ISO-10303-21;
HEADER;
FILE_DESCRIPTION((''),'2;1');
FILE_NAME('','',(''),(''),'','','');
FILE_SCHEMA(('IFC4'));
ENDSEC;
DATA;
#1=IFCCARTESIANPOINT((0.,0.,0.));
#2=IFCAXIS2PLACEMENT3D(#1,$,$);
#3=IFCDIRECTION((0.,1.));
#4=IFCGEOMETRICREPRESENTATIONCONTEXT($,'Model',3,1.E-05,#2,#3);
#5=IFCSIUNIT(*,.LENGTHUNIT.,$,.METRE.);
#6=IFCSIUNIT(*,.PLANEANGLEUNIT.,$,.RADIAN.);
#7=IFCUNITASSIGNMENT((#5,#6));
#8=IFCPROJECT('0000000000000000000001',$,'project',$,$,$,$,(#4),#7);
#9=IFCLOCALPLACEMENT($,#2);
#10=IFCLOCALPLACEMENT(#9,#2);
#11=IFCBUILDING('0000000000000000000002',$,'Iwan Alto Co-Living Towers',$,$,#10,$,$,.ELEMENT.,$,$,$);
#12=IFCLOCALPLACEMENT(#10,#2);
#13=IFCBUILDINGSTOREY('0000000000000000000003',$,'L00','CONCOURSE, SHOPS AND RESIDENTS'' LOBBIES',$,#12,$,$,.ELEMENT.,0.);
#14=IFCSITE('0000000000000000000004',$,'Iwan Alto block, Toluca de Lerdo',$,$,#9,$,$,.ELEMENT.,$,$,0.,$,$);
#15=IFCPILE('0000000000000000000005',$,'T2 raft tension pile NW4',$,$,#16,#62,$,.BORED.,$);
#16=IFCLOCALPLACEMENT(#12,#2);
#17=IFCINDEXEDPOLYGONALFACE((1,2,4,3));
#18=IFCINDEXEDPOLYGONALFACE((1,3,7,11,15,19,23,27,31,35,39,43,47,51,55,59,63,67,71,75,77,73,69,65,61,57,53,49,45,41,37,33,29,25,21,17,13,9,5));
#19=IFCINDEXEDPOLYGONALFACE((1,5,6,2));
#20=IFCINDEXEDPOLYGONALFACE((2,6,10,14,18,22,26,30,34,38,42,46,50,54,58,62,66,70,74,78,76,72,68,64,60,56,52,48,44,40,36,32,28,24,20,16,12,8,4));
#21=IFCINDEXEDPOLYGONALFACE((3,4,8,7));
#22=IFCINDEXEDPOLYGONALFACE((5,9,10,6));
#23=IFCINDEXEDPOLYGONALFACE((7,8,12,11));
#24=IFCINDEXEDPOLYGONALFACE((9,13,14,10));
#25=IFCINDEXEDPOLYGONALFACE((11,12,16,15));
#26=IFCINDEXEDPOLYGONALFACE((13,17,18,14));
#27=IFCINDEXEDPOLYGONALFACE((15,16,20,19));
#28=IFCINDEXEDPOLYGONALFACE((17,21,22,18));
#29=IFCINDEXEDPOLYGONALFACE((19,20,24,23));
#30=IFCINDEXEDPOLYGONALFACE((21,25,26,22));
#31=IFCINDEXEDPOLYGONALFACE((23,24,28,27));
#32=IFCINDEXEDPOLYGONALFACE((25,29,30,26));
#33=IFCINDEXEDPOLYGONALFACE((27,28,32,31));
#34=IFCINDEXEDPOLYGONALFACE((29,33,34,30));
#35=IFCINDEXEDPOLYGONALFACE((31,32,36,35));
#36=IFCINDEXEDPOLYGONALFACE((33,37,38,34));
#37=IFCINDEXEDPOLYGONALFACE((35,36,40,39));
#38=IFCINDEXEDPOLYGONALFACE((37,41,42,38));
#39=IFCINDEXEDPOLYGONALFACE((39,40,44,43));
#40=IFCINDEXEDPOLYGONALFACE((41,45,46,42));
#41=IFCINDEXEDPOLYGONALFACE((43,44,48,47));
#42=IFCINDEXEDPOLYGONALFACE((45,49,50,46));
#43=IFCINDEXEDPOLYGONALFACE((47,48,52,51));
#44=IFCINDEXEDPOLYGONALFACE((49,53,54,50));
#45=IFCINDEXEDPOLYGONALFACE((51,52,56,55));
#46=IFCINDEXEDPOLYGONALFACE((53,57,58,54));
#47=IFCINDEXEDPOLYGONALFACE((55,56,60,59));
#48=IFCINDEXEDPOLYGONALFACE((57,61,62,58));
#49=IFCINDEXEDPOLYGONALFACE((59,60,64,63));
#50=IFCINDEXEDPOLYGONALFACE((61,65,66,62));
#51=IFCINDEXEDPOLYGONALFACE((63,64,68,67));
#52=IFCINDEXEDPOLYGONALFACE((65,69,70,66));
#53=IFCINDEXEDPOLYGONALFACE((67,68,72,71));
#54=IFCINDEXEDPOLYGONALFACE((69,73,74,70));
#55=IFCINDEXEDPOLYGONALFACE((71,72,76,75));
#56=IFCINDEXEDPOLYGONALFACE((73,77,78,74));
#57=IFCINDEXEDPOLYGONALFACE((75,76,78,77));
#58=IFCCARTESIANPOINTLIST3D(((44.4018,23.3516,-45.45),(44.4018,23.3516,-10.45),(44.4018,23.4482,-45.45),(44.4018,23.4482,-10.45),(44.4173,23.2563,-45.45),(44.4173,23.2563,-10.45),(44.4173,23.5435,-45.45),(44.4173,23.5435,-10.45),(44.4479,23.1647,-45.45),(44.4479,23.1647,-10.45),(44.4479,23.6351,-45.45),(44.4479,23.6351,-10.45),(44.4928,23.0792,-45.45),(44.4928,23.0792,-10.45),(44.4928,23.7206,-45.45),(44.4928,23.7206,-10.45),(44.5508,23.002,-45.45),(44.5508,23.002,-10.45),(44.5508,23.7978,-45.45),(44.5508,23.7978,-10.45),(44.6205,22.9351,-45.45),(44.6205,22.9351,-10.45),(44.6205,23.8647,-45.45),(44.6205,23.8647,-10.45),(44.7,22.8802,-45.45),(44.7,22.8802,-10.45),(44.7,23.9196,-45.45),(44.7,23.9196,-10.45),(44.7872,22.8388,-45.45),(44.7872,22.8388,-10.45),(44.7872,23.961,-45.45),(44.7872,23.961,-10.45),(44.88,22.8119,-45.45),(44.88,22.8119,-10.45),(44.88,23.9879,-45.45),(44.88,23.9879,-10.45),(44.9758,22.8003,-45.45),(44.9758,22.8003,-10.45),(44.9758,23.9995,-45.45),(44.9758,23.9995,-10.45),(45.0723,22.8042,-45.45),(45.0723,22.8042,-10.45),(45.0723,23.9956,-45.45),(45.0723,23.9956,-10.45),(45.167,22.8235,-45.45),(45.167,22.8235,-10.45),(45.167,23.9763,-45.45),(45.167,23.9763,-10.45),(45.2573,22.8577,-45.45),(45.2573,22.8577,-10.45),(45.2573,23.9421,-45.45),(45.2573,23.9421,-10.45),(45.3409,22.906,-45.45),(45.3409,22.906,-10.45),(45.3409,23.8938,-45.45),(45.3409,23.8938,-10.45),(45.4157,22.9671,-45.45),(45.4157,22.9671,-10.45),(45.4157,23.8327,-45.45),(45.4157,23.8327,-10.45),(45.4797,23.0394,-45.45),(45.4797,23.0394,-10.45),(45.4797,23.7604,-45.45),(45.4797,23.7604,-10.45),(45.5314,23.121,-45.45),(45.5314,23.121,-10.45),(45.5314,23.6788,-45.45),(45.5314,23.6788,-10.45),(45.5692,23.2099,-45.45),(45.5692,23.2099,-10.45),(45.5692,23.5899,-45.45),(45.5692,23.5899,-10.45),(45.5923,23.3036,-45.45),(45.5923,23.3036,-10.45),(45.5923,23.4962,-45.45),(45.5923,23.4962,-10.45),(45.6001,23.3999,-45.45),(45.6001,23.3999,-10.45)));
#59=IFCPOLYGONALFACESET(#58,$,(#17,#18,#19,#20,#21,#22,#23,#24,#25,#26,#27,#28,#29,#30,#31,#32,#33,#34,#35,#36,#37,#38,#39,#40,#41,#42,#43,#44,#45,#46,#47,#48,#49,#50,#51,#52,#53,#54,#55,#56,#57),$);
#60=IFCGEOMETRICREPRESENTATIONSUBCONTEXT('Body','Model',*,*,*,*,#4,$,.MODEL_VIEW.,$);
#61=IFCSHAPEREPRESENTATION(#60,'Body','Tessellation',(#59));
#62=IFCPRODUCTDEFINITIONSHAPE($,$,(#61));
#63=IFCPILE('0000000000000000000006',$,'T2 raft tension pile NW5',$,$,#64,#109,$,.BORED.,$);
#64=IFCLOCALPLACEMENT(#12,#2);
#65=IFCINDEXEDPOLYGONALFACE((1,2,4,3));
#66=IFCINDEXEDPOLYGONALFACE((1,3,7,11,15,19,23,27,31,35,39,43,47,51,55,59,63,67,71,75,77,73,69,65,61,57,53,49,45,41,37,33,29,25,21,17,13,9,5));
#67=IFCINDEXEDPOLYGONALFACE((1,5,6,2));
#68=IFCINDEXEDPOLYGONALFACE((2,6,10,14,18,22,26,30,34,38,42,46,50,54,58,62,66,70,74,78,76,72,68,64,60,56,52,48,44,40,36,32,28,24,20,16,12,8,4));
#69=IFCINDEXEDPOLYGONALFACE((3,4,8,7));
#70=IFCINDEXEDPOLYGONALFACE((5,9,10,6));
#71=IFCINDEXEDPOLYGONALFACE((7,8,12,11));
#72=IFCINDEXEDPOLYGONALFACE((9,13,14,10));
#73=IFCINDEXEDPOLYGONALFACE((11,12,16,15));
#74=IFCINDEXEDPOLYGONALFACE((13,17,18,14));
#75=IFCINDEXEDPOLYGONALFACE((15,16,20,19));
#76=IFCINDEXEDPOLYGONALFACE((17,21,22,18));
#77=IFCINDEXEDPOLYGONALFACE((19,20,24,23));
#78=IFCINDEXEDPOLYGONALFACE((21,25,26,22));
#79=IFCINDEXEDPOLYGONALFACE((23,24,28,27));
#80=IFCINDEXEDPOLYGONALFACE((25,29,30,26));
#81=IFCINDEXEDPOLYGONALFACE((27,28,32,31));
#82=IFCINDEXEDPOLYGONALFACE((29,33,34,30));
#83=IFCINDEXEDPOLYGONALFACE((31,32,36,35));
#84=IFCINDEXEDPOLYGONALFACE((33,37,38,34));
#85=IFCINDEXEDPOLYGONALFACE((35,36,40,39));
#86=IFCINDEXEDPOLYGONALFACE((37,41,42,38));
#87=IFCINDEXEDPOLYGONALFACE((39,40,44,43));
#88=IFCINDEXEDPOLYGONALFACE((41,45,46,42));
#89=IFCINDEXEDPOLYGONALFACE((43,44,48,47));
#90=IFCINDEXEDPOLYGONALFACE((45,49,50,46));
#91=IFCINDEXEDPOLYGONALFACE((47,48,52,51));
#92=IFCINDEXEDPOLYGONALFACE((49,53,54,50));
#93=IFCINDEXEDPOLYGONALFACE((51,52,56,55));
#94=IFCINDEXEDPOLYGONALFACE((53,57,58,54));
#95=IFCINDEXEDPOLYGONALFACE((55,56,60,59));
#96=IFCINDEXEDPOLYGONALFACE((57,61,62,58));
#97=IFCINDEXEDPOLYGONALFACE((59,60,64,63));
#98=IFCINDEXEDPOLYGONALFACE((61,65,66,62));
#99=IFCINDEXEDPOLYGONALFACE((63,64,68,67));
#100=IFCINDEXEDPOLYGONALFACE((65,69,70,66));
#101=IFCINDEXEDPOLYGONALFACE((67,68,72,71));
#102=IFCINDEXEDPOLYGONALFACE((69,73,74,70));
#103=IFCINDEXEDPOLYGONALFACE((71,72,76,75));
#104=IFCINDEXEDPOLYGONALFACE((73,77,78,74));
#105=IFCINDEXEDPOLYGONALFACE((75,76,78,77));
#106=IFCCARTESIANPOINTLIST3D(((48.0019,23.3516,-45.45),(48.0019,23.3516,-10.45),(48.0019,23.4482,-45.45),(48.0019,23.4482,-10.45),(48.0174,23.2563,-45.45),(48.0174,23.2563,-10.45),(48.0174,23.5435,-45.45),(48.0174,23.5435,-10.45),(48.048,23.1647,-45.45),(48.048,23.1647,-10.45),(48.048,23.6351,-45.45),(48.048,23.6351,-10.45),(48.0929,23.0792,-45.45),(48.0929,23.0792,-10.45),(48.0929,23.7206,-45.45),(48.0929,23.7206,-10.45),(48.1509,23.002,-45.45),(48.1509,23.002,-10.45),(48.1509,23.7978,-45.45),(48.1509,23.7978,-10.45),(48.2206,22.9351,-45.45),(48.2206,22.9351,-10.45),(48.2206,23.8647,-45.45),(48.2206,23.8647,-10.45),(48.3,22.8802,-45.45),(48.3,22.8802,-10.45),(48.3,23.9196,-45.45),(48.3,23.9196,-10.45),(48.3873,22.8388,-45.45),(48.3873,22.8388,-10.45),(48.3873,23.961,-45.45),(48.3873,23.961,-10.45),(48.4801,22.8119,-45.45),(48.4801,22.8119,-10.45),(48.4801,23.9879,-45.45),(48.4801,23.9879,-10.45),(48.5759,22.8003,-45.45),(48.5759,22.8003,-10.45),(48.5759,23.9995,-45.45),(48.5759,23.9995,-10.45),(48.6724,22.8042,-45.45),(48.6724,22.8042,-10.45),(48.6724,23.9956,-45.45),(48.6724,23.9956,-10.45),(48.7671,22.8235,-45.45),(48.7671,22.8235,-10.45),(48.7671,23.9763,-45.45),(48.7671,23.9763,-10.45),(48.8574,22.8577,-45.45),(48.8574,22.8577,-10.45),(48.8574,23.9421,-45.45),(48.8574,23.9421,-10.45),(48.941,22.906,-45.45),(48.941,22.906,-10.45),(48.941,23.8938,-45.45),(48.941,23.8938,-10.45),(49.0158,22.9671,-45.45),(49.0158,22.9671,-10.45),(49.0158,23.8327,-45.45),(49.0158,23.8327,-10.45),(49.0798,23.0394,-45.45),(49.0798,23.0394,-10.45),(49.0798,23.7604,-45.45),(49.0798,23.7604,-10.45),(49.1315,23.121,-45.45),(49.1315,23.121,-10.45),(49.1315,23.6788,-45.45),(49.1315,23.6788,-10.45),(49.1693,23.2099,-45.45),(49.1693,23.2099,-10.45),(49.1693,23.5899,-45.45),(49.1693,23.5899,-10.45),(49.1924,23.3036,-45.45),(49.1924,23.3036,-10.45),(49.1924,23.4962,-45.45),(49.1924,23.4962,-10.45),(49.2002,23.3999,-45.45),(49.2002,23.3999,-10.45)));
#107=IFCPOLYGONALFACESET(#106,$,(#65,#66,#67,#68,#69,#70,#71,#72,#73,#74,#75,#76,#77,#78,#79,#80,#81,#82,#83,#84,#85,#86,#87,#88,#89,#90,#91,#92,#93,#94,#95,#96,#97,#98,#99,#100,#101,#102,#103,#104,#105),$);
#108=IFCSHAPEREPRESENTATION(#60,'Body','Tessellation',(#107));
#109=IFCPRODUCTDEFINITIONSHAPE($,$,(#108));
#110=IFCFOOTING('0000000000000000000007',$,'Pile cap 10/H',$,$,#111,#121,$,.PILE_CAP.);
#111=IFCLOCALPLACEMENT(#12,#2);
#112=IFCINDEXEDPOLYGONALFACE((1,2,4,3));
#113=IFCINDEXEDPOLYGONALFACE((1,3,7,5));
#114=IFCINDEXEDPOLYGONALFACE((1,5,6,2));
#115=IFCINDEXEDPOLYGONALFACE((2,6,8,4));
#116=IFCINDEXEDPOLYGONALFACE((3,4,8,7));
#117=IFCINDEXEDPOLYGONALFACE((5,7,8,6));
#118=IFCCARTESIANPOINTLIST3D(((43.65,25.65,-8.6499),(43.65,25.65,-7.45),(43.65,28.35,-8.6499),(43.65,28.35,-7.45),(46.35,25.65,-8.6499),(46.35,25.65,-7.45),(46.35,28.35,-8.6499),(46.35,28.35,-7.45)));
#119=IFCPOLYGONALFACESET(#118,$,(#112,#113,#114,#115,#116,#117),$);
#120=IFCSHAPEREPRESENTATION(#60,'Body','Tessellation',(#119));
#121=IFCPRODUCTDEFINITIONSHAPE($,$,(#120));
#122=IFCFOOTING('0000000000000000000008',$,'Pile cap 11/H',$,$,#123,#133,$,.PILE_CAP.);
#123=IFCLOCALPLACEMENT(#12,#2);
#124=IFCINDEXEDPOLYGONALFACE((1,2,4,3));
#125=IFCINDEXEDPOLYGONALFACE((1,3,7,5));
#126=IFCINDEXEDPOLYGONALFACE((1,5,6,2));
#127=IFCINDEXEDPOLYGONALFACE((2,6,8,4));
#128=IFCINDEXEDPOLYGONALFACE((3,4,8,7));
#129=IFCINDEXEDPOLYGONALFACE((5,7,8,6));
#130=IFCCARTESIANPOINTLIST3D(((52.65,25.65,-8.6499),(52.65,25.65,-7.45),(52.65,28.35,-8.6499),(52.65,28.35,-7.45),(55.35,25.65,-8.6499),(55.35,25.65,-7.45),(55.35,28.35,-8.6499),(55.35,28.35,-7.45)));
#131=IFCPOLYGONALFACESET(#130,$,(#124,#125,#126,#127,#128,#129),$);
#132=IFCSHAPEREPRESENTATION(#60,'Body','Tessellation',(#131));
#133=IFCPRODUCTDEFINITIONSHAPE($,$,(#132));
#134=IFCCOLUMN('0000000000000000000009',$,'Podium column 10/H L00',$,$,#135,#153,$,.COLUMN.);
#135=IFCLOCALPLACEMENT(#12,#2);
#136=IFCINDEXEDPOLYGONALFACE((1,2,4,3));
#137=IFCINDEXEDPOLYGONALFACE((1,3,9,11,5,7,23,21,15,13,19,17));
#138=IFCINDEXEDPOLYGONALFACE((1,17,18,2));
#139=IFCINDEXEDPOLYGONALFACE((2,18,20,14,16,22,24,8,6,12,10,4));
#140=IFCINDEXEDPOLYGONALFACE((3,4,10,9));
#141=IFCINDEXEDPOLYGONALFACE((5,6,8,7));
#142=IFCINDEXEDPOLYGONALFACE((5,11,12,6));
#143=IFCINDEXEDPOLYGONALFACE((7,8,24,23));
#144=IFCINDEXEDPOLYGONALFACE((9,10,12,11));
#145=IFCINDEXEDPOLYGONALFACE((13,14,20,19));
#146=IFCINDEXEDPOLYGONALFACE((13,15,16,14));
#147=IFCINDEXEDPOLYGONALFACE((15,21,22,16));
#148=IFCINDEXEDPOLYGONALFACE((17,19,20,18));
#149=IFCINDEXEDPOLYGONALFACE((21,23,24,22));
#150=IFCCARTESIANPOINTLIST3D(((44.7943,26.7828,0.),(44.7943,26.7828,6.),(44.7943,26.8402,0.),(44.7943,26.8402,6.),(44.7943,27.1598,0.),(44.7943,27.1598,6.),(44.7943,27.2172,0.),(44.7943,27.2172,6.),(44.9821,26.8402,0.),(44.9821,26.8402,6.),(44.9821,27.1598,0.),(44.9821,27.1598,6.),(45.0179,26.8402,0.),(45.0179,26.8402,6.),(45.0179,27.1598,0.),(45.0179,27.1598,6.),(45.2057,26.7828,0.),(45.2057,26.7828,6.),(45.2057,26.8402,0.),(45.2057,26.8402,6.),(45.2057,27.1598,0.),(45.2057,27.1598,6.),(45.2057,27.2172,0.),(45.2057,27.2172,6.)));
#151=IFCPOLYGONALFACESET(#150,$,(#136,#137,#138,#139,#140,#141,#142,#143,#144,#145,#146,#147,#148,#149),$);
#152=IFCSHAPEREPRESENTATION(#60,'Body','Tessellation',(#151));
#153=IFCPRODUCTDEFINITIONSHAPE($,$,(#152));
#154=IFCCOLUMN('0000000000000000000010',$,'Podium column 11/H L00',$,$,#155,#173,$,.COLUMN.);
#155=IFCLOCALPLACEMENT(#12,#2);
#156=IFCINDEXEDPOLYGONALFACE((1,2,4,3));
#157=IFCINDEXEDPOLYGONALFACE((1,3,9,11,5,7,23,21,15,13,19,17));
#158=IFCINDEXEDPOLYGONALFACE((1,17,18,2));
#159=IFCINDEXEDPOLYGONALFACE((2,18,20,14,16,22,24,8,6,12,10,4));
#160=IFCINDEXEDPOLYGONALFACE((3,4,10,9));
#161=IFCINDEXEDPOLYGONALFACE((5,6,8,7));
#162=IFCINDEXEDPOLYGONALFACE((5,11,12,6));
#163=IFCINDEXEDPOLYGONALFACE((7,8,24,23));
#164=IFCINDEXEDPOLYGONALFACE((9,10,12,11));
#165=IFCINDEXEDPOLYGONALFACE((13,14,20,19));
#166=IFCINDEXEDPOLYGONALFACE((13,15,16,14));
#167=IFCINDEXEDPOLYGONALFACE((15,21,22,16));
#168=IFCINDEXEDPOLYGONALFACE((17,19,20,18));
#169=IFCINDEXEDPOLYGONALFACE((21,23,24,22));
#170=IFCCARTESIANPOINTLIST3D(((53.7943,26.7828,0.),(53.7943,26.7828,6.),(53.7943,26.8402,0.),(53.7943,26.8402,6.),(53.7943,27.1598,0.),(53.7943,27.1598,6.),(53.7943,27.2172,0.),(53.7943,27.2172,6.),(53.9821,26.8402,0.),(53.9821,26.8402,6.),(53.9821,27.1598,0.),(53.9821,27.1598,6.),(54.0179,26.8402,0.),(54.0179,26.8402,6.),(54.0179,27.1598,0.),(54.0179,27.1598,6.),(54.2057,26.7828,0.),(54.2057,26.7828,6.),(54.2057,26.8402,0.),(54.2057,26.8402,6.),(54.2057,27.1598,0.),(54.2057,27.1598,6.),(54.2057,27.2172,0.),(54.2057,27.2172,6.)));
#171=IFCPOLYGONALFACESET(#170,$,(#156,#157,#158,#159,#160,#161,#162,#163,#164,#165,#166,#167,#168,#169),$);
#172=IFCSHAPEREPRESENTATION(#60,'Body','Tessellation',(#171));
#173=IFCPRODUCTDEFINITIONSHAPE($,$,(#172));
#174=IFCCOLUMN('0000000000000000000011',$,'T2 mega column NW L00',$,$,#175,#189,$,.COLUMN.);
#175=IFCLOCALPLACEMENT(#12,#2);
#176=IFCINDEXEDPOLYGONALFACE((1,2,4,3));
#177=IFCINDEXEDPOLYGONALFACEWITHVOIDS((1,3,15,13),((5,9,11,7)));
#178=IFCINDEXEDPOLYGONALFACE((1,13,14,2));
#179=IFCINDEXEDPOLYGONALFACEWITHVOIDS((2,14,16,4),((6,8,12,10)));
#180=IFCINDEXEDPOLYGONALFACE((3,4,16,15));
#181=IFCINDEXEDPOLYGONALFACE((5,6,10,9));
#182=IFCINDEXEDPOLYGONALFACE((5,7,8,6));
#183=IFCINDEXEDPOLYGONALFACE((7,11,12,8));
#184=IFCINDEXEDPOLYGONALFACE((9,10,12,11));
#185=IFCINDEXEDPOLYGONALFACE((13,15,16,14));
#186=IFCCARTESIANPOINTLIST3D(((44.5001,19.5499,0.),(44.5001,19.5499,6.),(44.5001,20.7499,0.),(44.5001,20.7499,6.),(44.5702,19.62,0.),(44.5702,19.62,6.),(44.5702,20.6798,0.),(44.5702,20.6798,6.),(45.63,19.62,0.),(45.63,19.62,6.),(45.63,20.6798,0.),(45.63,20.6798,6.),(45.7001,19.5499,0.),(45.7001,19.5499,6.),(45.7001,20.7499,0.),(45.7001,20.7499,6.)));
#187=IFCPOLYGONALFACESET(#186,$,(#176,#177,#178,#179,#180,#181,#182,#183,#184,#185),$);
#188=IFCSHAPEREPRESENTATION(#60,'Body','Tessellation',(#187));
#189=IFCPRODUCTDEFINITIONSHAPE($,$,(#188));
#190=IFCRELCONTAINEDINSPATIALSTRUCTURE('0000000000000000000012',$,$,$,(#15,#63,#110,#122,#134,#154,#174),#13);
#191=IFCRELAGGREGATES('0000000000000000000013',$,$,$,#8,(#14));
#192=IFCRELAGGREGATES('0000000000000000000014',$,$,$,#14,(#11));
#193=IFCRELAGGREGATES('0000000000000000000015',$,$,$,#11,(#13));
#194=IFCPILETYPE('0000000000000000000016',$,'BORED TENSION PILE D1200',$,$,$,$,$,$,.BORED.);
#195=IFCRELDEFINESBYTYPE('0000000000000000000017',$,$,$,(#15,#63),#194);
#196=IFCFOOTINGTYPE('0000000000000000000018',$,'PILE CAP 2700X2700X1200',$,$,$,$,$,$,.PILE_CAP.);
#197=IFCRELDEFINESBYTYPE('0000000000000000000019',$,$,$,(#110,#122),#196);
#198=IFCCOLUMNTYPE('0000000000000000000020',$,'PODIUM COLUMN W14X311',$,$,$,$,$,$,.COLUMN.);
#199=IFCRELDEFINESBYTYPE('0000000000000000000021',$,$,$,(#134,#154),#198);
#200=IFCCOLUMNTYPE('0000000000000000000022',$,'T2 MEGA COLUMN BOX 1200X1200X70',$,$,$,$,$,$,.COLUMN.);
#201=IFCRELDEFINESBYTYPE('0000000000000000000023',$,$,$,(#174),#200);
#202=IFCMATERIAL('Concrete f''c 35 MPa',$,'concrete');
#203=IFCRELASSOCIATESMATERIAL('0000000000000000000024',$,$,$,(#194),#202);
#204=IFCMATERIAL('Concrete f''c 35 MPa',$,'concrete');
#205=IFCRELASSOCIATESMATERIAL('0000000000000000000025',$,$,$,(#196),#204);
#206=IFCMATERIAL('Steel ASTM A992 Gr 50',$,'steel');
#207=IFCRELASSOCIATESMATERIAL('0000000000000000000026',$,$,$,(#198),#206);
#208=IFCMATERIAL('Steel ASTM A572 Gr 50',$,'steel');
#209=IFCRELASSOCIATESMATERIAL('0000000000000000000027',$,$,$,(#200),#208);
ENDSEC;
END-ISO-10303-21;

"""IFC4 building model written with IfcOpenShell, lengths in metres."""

from ifc_helpers import new_model, si_unit, direction, frame, origin, origin_2d, place, context, subcontext, project, spatial, rectangle, hollow_rectangle, circle, i_section, extrude, material, material_profile, profile_set, type_object, element, save


model = new_model("IFC4")

# Units and contexts
model_context = context("Model", 3, precision=1e-05, world=origin(), true_north=direction((0.0, 1.0)))
body_context = subcontext(model_context, "Body", "Model", "MODEL_VIEW")
ifc_project = project(units=[si_unit("LENGTHUNIT", "METRE"), si_unit("PLANEANGLEUNIT", "RADIAN")], contexts=[model_context])

# Site, building, storey
site_placement = place(None, origin())
site = spatial("IfcSite", under=ifc_project, at=site_placement, Name="Iwan Alto block, Toluca de Lerdo", CompositionType="ELEMENT", RefElevation=0.0)
building_placement = place(site_placement, origin())
building = spatial("IfcBuilding", under=site, at=building_placement, Name="Iwan Alto Co-Living Towers", CompositionType="ELEMENT")
storey_placement = place(building_placement, origin())
storey = spatial("IfcBuildingStorey", under=building, at=storey_placement, Name="L00", Description="CONCOURSE, SHOPS AND RESIDENTS' LOBBIES", CompositionType="ELEMENT", Elevation=0.0)

# Piles
ifc_material_1 = material(Name="Concrete f'c 35 MPa", Category="concrete")
ifc_material_profile_1 = material_profile(ifc_material_1, circle(Radius=0.6001, at=origin_2d()), Name="D1200")
ifc_profile_set_1 = profile_set([ifc_material_profile_1], Name="Concrete f'c 35 MPa")
pile_type_1 = type_object("IfcPileType", Name="BORED TENSION PILE D1200", PredefinedType="BORED", material=ifc_profile_set_1)
for number, where, z_axis, x_axis, name in (
    (1, (45.0, 23.3999, -10.45), (0.0, 0.0, -1.0), (1.0, 0.0, 0.0), "T2 raft tension pile NW4"),
    (2, (48.6001, 23.3999, -10.45), (0.0, 0.0, -1.0), (1.0, 0.0, 0.0), "T2 raft tension pile NW5"),
):
    element("IfcPile", number, at=place(storey_placement, frame(where, z_axis=z_axis, x_axis=x_axis)), inside=storey, type_object=pile_type_1, Name=name, PredefinedType="BORED", context=body_context, shape_type="SweptSolid", body=[
        extrude(circle(Radius=0.6001, at=origin_2d()), origin(), (0.0, 0.0, 1.0), 35.0),
    ])

# Footings
ifc_material_2 = material(Name="Concrete f'c 35 MPa", Category="concrete")
footing_type = type_object("IfcFootingType", Name="PILE CAP 2700X2700X1200", PredefinedType="PILE_CAP", material=ifc_material_2)
for number, where, z_axis, x_axis, name in (
    (3, (45.0, 27.0, -8.6499), (0.0, 0.0, 1.0), (1.0, 0.0, 0.0), "Pile cap 10/H"),
    (4, (54.0, 27.0, -8.6499), (0.0, 0.0, 1.0), (1.0, 0.0, 0.0), "Pile cap 11/H"),
):
    element("IfcFooting", number, at=place(storey_placement, frame(where, z_axis=z_axis, x_axis=x_axis)), inside=storey, type_object=footing_type, Name=name, PredefinedType="PILE_CAP", context=body_context, shape_type="SweptSolid", body=[
        extrude(rectangle(XDim=2.7, YDim=2.7, at=origin_2d()), origin(), (0.0, 0.0, 1.0), 1.2),
    ])

# Columns
ifc_material_3 = material(Name="Steel ASTM A992 Gr 50", Category="steel")
ifc_material_profile_2 = material_profile(ifc_material_3, i_section(OverallWidth=0.4114, OverallDepth=0.4343, WebThickness=0.0359, FlangeThickness=0.0574, at=origin_2d()), Name="W14X311")
ifc_profile_set_2 = profile_set([ifc_material_profile_2], Name="Steel ASTM A992 Gr 50")
column_type_1 = type_object("IfcColumnType", Name="PODIUM COLUMN W14X311", PredefinedType="COLUMN", material=ifc_profile_set_2)
for number, where, z_axis, x_axis, name in (
    (5, (45.0, 27.0, 0.0), (0.0, 0.0, 1.0), (1.0, 0.0, 0.0), "Podium column 10/H L00"),
    (6, (54.0, 27.0, 0.0), (0.0, 0.0, 1.0), (1.0, 0.0, 0.0), "Podium column 11/H L00"),
):
    element("IfcColumn", number, at=place(storey_placement, frame(where, z_axis=z_axis, x_axis=x_axis)), inside=storey, type_object=column_type_1, Name=name, PredefinedType="COLUMN", context=body_context, shape_type="SweptSolid", body=[
        extrude(i_section(OverallWidth=0.4114, OverallDepth=0.4343, WebThickness=0.0359, FlangeThickness=0.0574, at=origin_2d()), origin(), (0.0, 0.0, 1.0), 6.0),
    ])
ifc_material_4 = material(Name="Steel ASTM A572 Gr 50", Category="steel")
ifc_material_profile_3 = material_profile(ifc_material_4, hollow_rectangle(XDim=1.2, YDim=1.2, WallThickness=0.0701, at=origin_2d()), Name="BOX 1200X1200X70")
ifc_profile_set_3 = profile_set([ifc_material_profile_3], Name="Steel ASTM A572 Gr 50")
column_type_2 = type_object("IfcColumnType", Name="T2 MEGA COLUMN BOX 1200X1200X70", PredefinedType="COLUMN", material=ifc_profile_set_3)
column_1_placement = place(storey_placement, frame((45.1001, 20.1499, 0.0), z_axis=(0.0, 0.0, 1.0), x_axis=(1.0, 0.0, 0.0)))
element("IfcColumn", 7, at=column_1_placement, inside=storey, type_object=column_type_2, Name="T2 mega column NW L00", PredefinedType="COLUMN", context=body_context, shape_type="SweptSolid", body=[
    extrude(hollow_rectangle(XDim=1.2, YDim=1.2, WallThickness=0.0701, at=origin_2d()), origin(), (0.0, 0.0, 1.0), 6.0),
])

save(model, "model.ifc")
